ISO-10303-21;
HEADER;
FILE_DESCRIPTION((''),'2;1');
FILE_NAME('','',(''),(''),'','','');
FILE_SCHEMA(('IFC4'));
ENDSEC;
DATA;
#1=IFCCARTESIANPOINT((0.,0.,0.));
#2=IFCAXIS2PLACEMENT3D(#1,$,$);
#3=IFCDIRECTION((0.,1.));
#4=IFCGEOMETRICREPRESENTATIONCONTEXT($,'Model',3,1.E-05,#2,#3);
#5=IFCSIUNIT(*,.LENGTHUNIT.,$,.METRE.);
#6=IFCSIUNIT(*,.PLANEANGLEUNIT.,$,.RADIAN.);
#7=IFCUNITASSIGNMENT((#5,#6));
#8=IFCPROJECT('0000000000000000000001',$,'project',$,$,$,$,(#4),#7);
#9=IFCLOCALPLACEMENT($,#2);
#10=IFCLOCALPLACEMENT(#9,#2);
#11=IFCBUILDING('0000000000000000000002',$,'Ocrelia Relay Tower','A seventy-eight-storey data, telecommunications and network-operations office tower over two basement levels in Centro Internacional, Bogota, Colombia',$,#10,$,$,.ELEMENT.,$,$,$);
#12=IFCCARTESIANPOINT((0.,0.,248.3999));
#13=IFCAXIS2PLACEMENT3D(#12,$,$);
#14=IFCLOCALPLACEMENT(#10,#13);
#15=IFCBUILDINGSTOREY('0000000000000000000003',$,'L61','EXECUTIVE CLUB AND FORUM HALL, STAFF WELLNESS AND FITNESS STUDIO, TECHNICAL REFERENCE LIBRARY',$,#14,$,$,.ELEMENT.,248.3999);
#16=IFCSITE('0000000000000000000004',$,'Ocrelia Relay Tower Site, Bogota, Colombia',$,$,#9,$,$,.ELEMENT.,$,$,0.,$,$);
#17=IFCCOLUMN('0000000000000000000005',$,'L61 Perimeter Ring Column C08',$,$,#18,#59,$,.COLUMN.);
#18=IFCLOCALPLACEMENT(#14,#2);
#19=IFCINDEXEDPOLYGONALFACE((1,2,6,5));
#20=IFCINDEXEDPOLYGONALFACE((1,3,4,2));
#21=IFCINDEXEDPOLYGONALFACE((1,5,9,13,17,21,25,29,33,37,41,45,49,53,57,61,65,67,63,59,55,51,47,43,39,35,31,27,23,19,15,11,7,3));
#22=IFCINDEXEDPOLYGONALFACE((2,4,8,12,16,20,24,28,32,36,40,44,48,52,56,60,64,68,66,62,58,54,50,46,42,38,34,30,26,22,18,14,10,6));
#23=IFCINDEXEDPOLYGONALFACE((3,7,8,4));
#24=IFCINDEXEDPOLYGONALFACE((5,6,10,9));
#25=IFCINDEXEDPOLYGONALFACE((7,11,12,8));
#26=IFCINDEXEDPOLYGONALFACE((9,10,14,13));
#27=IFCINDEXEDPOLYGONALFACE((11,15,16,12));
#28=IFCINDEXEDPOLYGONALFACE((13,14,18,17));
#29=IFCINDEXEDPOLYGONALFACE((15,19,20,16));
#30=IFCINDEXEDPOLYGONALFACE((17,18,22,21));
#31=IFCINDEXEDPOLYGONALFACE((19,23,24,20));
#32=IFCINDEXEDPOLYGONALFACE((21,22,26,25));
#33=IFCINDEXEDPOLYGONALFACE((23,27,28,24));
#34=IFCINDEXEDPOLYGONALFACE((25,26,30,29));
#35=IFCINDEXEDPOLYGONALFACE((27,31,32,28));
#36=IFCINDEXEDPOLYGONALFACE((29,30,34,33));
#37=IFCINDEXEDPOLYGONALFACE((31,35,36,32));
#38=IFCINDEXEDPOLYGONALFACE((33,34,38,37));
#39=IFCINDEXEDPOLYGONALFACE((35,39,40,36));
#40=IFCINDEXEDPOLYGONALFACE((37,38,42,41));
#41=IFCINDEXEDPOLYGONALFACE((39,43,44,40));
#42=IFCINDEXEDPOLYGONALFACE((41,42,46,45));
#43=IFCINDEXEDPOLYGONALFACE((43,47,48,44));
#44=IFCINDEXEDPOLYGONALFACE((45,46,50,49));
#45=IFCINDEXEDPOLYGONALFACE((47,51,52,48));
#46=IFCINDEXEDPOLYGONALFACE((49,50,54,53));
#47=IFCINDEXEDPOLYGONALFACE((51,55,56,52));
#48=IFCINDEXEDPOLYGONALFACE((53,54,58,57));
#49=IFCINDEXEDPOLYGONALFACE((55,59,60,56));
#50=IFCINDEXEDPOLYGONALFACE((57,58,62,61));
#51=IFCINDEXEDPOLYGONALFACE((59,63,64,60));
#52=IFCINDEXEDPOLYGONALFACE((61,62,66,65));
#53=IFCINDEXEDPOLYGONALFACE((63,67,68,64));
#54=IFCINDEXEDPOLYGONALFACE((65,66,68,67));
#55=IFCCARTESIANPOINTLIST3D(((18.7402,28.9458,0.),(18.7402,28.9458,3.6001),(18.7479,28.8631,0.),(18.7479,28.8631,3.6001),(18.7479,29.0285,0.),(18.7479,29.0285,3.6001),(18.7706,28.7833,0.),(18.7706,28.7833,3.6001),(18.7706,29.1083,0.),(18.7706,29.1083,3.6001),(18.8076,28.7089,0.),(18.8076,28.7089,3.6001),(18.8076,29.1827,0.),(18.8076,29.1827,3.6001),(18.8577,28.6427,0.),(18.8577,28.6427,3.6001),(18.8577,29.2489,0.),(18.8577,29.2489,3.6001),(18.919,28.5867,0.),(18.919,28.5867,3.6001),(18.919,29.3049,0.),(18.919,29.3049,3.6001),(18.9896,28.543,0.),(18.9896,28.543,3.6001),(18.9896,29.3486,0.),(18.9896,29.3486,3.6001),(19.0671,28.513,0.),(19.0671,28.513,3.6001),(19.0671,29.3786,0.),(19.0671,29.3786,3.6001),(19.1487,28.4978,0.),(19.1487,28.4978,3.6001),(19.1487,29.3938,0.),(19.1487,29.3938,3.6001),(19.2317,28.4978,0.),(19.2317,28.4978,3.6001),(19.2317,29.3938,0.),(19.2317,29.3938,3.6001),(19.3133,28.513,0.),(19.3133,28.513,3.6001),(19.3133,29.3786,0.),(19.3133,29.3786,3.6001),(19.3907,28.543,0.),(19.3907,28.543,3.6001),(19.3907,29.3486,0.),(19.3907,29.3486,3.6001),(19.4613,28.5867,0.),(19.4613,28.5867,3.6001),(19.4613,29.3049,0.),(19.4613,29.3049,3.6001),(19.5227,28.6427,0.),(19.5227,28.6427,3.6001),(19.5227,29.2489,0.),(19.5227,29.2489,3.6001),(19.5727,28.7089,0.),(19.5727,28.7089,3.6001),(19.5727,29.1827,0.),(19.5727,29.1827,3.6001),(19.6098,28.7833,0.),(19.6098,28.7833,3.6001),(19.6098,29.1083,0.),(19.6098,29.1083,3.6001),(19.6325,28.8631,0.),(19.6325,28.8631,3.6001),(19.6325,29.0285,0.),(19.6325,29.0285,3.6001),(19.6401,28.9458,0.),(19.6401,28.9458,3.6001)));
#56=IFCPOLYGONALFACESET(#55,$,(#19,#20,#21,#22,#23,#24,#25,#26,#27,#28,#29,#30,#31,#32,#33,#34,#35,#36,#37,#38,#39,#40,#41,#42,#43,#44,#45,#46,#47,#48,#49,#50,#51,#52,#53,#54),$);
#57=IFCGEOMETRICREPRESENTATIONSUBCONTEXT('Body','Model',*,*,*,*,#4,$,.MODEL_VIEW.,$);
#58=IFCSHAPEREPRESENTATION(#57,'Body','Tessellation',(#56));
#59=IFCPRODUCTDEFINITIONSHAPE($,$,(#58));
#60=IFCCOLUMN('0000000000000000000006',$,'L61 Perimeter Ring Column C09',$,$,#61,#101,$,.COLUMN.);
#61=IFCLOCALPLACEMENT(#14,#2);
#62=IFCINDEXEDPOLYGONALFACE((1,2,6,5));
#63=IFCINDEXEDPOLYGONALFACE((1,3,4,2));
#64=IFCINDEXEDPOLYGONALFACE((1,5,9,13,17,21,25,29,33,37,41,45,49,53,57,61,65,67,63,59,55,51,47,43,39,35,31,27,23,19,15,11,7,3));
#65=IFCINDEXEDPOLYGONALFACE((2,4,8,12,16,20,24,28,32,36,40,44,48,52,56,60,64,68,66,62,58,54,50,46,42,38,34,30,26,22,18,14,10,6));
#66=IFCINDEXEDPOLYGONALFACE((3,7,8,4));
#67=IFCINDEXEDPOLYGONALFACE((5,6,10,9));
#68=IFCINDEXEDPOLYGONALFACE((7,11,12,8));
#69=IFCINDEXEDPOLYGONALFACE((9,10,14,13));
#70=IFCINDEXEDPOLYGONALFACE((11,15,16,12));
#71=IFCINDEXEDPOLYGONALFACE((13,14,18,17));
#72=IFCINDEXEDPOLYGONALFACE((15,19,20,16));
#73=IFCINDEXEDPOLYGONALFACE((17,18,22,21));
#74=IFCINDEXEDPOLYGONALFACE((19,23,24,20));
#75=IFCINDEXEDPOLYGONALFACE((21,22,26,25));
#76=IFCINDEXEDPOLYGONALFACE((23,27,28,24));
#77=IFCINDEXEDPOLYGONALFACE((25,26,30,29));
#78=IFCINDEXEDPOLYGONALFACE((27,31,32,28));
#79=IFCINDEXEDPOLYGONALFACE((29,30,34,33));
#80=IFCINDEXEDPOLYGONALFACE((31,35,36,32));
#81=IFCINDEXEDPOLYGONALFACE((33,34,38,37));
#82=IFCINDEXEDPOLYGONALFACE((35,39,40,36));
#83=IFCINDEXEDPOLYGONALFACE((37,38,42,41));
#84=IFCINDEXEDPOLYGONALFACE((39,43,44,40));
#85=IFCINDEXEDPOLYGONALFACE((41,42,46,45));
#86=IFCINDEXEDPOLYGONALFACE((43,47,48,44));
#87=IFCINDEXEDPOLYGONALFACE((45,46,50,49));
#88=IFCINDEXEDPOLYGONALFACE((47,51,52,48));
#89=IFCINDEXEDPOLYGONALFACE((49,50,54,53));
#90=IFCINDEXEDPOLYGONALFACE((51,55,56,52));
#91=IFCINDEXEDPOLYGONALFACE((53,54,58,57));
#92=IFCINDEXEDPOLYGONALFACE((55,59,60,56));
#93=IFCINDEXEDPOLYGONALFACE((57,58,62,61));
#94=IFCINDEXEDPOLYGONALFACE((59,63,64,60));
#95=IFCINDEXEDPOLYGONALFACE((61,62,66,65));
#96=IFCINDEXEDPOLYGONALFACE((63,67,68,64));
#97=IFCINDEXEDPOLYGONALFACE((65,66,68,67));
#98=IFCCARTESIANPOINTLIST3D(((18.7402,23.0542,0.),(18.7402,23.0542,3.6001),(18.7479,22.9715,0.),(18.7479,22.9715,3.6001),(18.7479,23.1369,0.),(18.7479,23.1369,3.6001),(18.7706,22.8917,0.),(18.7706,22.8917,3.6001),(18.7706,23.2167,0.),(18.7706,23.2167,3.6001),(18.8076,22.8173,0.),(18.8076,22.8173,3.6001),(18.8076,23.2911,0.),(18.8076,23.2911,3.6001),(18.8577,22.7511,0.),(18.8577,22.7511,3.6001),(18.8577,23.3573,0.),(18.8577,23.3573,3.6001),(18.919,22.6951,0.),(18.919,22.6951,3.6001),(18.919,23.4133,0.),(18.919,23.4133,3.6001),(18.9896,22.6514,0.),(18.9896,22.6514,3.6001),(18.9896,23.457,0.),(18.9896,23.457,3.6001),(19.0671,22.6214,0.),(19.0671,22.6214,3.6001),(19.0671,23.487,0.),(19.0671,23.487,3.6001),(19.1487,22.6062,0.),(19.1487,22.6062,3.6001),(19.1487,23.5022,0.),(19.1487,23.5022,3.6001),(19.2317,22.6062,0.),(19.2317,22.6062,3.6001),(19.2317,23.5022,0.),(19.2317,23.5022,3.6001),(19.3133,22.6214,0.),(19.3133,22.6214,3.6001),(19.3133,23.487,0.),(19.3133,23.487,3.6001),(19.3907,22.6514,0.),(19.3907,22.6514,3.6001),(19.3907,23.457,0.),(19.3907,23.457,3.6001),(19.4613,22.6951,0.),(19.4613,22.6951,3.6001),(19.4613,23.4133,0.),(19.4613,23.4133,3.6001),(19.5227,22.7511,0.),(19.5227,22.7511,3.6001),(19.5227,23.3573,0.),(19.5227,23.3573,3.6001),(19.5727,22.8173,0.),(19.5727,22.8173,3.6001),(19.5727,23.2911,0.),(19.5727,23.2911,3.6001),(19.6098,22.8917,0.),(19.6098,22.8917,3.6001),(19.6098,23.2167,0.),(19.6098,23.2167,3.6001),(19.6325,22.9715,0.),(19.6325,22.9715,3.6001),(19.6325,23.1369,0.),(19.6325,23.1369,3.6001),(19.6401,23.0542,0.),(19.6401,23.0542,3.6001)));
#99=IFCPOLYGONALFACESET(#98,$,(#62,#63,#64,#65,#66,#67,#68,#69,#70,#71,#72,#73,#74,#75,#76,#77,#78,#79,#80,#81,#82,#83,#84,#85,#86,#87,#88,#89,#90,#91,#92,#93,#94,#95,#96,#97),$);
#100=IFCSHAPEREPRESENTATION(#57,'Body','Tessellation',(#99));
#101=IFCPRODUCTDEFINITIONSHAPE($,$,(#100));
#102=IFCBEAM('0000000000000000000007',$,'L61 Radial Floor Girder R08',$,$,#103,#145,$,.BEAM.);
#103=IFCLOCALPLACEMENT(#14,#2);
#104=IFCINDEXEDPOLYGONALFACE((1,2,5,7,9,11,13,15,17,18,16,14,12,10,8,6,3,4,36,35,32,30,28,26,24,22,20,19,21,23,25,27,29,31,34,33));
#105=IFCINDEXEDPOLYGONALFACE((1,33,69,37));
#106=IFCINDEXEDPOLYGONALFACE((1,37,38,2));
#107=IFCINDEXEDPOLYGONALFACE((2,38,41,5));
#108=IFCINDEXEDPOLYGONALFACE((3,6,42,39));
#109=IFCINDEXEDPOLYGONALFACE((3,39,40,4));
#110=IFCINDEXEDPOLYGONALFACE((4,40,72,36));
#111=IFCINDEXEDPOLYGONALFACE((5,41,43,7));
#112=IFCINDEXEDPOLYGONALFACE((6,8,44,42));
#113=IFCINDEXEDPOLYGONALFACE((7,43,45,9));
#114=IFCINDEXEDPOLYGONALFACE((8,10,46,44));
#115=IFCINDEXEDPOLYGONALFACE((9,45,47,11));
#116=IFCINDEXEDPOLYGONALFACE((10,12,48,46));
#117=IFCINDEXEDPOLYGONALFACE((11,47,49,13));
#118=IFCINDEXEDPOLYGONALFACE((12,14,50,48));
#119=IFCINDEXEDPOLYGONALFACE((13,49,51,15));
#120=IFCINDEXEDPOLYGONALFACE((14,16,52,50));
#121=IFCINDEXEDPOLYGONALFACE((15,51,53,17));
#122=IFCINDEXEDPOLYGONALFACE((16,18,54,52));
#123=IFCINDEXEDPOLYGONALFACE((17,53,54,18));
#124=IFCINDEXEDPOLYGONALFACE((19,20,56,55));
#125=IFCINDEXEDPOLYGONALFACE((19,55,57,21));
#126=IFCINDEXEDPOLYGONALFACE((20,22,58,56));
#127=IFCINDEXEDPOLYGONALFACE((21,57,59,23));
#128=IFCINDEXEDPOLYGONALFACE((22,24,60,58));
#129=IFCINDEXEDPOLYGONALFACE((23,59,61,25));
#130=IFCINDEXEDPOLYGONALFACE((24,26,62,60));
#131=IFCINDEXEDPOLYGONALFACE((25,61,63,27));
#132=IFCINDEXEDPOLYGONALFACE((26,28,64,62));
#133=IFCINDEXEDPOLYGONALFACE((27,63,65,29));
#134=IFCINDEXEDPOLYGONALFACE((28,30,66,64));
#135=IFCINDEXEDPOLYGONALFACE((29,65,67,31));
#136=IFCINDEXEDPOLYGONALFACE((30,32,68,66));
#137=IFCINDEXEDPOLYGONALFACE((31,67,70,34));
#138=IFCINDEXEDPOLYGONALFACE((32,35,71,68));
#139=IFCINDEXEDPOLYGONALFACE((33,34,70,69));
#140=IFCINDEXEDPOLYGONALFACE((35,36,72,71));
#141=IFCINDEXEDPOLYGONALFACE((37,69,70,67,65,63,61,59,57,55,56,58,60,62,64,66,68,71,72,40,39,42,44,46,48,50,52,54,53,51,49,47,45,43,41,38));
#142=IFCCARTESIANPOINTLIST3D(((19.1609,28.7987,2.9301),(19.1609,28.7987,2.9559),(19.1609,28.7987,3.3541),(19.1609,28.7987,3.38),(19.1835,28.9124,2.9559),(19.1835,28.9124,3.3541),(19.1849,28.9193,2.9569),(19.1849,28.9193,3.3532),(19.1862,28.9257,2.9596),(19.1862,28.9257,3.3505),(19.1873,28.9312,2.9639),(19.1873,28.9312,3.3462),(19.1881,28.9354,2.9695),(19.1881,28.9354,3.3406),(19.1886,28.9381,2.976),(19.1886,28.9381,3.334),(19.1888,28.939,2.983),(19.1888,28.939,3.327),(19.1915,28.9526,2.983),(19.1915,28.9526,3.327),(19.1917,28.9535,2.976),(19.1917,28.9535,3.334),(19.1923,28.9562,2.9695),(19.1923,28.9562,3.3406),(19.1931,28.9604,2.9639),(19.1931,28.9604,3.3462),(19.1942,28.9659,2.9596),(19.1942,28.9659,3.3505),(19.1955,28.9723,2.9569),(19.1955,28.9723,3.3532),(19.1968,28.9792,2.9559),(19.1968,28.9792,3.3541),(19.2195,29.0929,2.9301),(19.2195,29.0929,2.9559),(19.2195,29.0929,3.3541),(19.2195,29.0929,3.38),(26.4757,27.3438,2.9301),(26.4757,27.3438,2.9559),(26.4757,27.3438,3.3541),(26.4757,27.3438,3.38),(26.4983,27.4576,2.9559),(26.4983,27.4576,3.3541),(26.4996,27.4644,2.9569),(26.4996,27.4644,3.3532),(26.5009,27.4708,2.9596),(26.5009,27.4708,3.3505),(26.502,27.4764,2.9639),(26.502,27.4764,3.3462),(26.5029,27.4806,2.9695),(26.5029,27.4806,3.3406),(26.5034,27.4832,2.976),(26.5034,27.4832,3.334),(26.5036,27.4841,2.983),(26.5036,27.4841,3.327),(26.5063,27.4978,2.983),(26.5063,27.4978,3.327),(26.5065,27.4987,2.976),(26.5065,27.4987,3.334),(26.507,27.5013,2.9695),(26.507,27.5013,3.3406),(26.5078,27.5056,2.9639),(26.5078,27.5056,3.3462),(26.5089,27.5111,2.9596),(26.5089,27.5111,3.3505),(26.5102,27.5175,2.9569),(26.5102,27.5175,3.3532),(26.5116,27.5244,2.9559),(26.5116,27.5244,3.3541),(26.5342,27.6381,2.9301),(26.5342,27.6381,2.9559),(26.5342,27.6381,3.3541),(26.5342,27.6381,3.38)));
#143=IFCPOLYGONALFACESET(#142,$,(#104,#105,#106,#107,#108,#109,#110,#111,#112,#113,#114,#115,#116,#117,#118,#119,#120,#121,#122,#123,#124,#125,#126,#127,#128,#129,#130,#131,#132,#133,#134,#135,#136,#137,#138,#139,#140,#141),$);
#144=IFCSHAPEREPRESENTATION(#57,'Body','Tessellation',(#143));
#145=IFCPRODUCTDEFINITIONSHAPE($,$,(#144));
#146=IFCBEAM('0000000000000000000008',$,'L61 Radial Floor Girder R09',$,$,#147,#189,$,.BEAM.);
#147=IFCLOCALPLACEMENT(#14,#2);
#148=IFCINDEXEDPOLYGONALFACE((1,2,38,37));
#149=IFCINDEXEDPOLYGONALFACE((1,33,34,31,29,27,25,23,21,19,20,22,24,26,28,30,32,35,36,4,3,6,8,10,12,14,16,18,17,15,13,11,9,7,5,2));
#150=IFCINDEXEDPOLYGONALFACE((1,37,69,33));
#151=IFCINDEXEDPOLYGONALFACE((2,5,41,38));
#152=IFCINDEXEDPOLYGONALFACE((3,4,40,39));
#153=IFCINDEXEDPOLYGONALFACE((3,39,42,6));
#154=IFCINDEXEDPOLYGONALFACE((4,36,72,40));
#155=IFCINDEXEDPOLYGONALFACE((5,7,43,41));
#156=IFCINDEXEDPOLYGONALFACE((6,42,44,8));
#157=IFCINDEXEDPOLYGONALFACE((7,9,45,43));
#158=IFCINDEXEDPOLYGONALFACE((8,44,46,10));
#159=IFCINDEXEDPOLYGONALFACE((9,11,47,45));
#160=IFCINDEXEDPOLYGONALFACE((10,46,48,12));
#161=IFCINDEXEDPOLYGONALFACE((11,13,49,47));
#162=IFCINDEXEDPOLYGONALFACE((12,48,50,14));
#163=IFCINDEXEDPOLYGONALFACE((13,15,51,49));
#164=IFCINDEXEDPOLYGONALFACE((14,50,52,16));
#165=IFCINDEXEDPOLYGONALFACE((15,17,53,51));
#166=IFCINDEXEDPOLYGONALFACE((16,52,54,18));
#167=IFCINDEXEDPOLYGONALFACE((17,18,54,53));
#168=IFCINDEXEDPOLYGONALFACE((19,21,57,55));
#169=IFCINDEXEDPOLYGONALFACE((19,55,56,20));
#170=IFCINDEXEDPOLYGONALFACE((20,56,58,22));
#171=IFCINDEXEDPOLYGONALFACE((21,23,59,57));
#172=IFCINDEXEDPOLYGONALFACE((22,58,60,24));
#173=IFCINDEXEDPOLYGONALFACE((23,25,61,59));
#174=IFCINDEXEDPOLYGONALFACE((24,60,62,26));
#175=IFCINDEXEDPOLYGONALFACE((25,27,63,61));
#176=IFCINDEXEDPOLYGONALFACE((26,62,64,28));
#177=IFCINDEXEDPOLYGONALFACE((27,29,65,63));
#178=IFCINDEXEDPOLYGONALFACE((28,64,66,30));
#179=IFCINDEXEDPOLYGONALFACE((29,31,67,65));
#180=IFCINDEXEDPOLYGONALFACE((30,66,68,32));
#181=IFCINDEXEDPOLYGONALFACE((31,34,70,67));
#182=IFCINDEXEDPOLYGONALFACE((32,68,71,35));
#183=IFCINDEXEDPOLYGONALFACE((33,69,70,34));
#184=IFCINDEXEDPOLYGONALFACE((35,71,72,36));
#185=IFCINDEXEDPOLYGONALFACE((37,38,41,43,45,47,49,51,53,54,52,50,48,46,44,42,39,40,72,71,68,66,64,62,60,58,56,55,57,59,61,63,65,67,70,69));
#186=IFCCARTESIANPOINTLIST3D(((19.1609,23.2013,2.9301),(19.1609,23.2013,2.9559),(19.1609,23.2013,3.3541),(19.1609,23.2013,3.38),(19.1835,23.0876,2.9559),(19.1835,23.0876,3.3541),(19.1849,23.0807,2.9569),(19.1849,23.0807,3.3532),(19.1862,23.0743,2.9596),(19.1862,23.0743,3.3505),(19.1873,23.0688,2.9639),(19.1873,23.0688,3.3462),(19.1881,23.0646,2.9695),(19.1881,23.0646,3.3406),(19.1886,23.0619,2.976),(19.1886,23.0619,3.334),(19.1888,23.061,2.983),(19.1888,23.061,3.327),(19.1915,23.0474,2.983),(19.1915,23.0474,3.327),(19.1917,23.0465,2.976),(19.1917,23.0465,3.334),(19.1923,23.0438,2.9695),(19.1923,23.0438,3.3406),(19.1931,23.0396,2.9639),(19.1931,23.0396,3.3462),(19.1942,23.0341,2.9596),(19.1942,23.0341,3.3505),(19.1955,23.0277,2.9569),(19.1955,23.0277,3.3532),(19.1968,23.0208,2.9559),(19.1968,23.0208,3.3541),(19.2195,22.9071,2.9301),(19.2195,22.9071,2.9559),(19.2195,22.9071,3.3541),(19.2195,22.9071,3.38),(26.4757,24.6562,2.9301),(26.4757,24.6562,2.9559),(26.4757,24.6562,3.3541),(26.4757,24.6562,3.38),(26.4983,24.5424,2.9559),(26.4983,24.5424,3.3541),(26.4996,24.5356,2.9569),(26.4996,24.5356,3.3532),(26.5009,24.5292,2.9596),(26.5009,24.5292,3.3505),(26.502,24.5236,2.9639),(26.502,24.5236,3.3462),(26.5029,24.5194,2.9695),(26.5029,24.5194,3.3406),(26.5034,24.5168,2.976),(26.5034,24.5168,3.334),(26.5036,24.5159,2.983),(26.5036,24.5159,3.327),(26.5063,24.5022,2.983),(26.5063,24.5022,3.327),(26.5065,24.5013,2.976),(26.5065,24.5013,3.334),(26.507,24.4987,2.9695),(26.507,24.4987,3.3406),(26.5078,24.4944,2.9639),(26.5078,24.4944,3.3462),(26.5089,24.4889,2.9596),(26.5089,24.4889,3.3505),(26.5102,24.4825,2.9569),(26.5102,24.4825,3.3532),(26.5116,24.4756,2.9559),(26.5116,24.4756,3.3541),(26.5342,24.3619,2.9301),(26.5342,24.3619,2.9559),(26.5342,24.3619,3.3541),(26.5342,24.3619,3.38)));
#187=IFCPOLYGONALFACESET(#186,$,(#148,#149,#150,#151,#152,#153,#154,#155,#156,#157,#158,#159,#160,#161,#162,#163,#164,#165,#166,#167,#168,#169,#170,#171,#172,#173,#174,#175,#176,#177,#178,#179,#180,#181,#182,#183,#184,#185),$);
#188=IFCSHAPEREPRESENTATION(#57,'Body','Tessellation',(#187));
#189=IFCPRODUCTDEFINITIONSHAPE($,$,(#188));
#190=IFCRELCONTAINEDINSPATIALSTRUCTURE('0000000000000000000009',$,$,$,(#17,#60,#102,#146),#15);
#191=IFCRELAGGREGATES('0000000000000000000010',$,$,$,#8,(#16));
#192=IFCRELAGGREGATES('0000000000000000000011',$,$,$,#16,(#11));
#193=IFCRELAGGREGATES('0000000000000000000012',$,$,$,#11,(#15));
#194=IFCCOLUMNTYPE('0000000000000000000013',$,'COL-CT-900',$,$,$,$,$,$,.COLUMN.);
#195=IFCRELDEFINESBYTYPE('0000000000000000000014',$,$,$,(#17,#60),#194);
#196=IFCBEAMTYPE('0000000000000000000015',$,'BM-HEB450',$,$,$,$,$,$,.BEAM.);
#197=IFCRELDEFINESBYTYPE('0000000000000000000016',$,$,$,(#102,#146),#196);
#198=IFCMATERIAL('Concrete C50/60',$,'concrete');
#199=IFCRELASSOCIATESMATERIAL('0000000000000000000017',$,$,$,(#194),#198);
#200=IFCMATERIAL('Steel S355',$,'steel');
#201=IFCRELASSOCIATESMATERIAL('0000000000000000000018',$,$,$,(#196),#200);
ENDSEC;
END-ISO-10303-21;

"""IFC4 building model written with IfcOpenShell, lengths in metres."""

from ifc_helpers import new_model, si_unit, direction, frame, origin, origin_2d, place, context, subcontext, project, spatial, circle, i_section, extrude, material, material_profile, profile_set, type_object, element, save


model = new_model("IFC4")

# Units and contexts
model_context = context("Model", 3, precision=1e-05, world=origin(), true_north=direction((0.0, 1.0)))
body_context = subcontext(model_context, "Body", "Model", "MODEL_VIEW")
ifc_project = project(units=[si_unit("LENGTHUNIT", "METRE"), si_unit("PLANEANGLEUNIT", "RADIAN")], contexts=[model_context])

# Site, building, storey
site_placement = place(None, origin())
site = spatial("IfcSite", under=ifc_project, at=site_placement, Name="Ocrelia Relay Tower Site, Bogota, Colombia", CompositionType="ELEMENT", RefElevation=0.0)
building_placement = place(site_placement, origin())
building = spatial("IfcBuilding", under=site, at=building_placement, Name="Ocrelia Relay Tower", Description="A seventy-eight-storey data, telecommunications and network-operations office tower over two basement levels in Centro Internacional, Bogota, Colombia", CompositionType="ELEMENT")
storey_placement = place(building_placement, frame((0.0, 0.0, 248.3999)))
storey = spatial("IfcBuildingStorey", under=building, at=storey_placement, Name="L61", Description="EXECUTIVE CLUB AND FORUM HALL, STAFF WELLNESS AND FITNESS STUDIO, TECHNICAL REFERENCE LIBRARY", CompositionType="ELEMENT", Elevation=248.3999)

# Columns
ifc_material_1 = material(Name="Concrete C50/60", Category="concrete")
ifc_material_profile_1 = material_profile(ifc_material_1, circle(Radius=0.45, at=origin_2d()), Name="RC-CIR-900")
ifc_profile_set_1 = profile_set([ifc_material_profile_1], Name="Concrete C50/60")
column_type = type_object("IfcColumnType", Name="COL-CT-900", PredefinedType="COLUMN", material=ifc_profile_set_1)
for number, where, z_axis, x_axis, name in (
    (1, (19.1902, 28.9458, 0.0), (0.0, 0.0, 1.0), (1.0, 0.0, 0.0), "L61 Perimeter Ring Column C08"),
    (2, (19.1902, 23.0542, 0.0), (0.0, 0.0, 1.0), (1.0, 0.0, 0.0), "L61 Perimeter Ring Column C09"),
):
    element("IfcColumn", number, at=place(storey_placement, frame(where, z_axis=z_axis, x_axis=x_axis)), inside=storey, type_object=column_type, Name=name, PredefinedType="COLUMN", context=body_context, shape_type="SweptSolid", body=[
        extrude(circle(Radius=0.45, at=origin_2d()), origin(), (0.0, 0.0, 1.0), 3.6001),
    ])

# Beams
ifc_material_2 = material(Name="Steel S355", Category="steel")
ifc_material_profile_2 = material_profile(ifc_material_2, i_section(OverallWidth=0.3, OverallDepth=0.45, WebThickness=0.0139, FlangeThickness=0.0259, FilletRadius=0.0271, at=origin_2d()), Name="HEB 450")
ifc_profile_set_2 = profile_set([ifc_material_profile_2], Name="Steel S355")
beam_type_1 = type_object("IfcBeamType", Name="BM-HEB450", PredefinedType="BEAM", material=ifc_profile_set_2)
for number, where, z_axis, x_axis, name in (
    (3, (19.1902, 28.9458, 3.155), (0.980789, -0.195071, 0.0), (0.195071, 0.980789, 0.0), "L61 Radial Floor Girder R08"),
    (4, (19.1902, 23.0542, 3.155), (0.980789, 0.195071, 0.0), (-0.195071, 0.980789, 0.0), "L61 Radial Floor Girder R09"),
):
    element("IfcBeam", number, at=place(storey_placement, frame(where, z_axis=z_axis, x_axis=x_axis)), inside=storey, type_object=beam_type_1, Name=name, PredefinedType="BEAM", context=body_context, shape_type="SweptSolid", body=[
        extrude(i_section(OverallWidth=0.3, OverallDepth=0.45, WebThickness=0.0139, FlangeThickness=0.0259, FilletRadius=0.0271, at=origin_2d()), origin(), (0.0, 0.0, 1.0), 7.458),
    ])

save(model, "model.ifc")
